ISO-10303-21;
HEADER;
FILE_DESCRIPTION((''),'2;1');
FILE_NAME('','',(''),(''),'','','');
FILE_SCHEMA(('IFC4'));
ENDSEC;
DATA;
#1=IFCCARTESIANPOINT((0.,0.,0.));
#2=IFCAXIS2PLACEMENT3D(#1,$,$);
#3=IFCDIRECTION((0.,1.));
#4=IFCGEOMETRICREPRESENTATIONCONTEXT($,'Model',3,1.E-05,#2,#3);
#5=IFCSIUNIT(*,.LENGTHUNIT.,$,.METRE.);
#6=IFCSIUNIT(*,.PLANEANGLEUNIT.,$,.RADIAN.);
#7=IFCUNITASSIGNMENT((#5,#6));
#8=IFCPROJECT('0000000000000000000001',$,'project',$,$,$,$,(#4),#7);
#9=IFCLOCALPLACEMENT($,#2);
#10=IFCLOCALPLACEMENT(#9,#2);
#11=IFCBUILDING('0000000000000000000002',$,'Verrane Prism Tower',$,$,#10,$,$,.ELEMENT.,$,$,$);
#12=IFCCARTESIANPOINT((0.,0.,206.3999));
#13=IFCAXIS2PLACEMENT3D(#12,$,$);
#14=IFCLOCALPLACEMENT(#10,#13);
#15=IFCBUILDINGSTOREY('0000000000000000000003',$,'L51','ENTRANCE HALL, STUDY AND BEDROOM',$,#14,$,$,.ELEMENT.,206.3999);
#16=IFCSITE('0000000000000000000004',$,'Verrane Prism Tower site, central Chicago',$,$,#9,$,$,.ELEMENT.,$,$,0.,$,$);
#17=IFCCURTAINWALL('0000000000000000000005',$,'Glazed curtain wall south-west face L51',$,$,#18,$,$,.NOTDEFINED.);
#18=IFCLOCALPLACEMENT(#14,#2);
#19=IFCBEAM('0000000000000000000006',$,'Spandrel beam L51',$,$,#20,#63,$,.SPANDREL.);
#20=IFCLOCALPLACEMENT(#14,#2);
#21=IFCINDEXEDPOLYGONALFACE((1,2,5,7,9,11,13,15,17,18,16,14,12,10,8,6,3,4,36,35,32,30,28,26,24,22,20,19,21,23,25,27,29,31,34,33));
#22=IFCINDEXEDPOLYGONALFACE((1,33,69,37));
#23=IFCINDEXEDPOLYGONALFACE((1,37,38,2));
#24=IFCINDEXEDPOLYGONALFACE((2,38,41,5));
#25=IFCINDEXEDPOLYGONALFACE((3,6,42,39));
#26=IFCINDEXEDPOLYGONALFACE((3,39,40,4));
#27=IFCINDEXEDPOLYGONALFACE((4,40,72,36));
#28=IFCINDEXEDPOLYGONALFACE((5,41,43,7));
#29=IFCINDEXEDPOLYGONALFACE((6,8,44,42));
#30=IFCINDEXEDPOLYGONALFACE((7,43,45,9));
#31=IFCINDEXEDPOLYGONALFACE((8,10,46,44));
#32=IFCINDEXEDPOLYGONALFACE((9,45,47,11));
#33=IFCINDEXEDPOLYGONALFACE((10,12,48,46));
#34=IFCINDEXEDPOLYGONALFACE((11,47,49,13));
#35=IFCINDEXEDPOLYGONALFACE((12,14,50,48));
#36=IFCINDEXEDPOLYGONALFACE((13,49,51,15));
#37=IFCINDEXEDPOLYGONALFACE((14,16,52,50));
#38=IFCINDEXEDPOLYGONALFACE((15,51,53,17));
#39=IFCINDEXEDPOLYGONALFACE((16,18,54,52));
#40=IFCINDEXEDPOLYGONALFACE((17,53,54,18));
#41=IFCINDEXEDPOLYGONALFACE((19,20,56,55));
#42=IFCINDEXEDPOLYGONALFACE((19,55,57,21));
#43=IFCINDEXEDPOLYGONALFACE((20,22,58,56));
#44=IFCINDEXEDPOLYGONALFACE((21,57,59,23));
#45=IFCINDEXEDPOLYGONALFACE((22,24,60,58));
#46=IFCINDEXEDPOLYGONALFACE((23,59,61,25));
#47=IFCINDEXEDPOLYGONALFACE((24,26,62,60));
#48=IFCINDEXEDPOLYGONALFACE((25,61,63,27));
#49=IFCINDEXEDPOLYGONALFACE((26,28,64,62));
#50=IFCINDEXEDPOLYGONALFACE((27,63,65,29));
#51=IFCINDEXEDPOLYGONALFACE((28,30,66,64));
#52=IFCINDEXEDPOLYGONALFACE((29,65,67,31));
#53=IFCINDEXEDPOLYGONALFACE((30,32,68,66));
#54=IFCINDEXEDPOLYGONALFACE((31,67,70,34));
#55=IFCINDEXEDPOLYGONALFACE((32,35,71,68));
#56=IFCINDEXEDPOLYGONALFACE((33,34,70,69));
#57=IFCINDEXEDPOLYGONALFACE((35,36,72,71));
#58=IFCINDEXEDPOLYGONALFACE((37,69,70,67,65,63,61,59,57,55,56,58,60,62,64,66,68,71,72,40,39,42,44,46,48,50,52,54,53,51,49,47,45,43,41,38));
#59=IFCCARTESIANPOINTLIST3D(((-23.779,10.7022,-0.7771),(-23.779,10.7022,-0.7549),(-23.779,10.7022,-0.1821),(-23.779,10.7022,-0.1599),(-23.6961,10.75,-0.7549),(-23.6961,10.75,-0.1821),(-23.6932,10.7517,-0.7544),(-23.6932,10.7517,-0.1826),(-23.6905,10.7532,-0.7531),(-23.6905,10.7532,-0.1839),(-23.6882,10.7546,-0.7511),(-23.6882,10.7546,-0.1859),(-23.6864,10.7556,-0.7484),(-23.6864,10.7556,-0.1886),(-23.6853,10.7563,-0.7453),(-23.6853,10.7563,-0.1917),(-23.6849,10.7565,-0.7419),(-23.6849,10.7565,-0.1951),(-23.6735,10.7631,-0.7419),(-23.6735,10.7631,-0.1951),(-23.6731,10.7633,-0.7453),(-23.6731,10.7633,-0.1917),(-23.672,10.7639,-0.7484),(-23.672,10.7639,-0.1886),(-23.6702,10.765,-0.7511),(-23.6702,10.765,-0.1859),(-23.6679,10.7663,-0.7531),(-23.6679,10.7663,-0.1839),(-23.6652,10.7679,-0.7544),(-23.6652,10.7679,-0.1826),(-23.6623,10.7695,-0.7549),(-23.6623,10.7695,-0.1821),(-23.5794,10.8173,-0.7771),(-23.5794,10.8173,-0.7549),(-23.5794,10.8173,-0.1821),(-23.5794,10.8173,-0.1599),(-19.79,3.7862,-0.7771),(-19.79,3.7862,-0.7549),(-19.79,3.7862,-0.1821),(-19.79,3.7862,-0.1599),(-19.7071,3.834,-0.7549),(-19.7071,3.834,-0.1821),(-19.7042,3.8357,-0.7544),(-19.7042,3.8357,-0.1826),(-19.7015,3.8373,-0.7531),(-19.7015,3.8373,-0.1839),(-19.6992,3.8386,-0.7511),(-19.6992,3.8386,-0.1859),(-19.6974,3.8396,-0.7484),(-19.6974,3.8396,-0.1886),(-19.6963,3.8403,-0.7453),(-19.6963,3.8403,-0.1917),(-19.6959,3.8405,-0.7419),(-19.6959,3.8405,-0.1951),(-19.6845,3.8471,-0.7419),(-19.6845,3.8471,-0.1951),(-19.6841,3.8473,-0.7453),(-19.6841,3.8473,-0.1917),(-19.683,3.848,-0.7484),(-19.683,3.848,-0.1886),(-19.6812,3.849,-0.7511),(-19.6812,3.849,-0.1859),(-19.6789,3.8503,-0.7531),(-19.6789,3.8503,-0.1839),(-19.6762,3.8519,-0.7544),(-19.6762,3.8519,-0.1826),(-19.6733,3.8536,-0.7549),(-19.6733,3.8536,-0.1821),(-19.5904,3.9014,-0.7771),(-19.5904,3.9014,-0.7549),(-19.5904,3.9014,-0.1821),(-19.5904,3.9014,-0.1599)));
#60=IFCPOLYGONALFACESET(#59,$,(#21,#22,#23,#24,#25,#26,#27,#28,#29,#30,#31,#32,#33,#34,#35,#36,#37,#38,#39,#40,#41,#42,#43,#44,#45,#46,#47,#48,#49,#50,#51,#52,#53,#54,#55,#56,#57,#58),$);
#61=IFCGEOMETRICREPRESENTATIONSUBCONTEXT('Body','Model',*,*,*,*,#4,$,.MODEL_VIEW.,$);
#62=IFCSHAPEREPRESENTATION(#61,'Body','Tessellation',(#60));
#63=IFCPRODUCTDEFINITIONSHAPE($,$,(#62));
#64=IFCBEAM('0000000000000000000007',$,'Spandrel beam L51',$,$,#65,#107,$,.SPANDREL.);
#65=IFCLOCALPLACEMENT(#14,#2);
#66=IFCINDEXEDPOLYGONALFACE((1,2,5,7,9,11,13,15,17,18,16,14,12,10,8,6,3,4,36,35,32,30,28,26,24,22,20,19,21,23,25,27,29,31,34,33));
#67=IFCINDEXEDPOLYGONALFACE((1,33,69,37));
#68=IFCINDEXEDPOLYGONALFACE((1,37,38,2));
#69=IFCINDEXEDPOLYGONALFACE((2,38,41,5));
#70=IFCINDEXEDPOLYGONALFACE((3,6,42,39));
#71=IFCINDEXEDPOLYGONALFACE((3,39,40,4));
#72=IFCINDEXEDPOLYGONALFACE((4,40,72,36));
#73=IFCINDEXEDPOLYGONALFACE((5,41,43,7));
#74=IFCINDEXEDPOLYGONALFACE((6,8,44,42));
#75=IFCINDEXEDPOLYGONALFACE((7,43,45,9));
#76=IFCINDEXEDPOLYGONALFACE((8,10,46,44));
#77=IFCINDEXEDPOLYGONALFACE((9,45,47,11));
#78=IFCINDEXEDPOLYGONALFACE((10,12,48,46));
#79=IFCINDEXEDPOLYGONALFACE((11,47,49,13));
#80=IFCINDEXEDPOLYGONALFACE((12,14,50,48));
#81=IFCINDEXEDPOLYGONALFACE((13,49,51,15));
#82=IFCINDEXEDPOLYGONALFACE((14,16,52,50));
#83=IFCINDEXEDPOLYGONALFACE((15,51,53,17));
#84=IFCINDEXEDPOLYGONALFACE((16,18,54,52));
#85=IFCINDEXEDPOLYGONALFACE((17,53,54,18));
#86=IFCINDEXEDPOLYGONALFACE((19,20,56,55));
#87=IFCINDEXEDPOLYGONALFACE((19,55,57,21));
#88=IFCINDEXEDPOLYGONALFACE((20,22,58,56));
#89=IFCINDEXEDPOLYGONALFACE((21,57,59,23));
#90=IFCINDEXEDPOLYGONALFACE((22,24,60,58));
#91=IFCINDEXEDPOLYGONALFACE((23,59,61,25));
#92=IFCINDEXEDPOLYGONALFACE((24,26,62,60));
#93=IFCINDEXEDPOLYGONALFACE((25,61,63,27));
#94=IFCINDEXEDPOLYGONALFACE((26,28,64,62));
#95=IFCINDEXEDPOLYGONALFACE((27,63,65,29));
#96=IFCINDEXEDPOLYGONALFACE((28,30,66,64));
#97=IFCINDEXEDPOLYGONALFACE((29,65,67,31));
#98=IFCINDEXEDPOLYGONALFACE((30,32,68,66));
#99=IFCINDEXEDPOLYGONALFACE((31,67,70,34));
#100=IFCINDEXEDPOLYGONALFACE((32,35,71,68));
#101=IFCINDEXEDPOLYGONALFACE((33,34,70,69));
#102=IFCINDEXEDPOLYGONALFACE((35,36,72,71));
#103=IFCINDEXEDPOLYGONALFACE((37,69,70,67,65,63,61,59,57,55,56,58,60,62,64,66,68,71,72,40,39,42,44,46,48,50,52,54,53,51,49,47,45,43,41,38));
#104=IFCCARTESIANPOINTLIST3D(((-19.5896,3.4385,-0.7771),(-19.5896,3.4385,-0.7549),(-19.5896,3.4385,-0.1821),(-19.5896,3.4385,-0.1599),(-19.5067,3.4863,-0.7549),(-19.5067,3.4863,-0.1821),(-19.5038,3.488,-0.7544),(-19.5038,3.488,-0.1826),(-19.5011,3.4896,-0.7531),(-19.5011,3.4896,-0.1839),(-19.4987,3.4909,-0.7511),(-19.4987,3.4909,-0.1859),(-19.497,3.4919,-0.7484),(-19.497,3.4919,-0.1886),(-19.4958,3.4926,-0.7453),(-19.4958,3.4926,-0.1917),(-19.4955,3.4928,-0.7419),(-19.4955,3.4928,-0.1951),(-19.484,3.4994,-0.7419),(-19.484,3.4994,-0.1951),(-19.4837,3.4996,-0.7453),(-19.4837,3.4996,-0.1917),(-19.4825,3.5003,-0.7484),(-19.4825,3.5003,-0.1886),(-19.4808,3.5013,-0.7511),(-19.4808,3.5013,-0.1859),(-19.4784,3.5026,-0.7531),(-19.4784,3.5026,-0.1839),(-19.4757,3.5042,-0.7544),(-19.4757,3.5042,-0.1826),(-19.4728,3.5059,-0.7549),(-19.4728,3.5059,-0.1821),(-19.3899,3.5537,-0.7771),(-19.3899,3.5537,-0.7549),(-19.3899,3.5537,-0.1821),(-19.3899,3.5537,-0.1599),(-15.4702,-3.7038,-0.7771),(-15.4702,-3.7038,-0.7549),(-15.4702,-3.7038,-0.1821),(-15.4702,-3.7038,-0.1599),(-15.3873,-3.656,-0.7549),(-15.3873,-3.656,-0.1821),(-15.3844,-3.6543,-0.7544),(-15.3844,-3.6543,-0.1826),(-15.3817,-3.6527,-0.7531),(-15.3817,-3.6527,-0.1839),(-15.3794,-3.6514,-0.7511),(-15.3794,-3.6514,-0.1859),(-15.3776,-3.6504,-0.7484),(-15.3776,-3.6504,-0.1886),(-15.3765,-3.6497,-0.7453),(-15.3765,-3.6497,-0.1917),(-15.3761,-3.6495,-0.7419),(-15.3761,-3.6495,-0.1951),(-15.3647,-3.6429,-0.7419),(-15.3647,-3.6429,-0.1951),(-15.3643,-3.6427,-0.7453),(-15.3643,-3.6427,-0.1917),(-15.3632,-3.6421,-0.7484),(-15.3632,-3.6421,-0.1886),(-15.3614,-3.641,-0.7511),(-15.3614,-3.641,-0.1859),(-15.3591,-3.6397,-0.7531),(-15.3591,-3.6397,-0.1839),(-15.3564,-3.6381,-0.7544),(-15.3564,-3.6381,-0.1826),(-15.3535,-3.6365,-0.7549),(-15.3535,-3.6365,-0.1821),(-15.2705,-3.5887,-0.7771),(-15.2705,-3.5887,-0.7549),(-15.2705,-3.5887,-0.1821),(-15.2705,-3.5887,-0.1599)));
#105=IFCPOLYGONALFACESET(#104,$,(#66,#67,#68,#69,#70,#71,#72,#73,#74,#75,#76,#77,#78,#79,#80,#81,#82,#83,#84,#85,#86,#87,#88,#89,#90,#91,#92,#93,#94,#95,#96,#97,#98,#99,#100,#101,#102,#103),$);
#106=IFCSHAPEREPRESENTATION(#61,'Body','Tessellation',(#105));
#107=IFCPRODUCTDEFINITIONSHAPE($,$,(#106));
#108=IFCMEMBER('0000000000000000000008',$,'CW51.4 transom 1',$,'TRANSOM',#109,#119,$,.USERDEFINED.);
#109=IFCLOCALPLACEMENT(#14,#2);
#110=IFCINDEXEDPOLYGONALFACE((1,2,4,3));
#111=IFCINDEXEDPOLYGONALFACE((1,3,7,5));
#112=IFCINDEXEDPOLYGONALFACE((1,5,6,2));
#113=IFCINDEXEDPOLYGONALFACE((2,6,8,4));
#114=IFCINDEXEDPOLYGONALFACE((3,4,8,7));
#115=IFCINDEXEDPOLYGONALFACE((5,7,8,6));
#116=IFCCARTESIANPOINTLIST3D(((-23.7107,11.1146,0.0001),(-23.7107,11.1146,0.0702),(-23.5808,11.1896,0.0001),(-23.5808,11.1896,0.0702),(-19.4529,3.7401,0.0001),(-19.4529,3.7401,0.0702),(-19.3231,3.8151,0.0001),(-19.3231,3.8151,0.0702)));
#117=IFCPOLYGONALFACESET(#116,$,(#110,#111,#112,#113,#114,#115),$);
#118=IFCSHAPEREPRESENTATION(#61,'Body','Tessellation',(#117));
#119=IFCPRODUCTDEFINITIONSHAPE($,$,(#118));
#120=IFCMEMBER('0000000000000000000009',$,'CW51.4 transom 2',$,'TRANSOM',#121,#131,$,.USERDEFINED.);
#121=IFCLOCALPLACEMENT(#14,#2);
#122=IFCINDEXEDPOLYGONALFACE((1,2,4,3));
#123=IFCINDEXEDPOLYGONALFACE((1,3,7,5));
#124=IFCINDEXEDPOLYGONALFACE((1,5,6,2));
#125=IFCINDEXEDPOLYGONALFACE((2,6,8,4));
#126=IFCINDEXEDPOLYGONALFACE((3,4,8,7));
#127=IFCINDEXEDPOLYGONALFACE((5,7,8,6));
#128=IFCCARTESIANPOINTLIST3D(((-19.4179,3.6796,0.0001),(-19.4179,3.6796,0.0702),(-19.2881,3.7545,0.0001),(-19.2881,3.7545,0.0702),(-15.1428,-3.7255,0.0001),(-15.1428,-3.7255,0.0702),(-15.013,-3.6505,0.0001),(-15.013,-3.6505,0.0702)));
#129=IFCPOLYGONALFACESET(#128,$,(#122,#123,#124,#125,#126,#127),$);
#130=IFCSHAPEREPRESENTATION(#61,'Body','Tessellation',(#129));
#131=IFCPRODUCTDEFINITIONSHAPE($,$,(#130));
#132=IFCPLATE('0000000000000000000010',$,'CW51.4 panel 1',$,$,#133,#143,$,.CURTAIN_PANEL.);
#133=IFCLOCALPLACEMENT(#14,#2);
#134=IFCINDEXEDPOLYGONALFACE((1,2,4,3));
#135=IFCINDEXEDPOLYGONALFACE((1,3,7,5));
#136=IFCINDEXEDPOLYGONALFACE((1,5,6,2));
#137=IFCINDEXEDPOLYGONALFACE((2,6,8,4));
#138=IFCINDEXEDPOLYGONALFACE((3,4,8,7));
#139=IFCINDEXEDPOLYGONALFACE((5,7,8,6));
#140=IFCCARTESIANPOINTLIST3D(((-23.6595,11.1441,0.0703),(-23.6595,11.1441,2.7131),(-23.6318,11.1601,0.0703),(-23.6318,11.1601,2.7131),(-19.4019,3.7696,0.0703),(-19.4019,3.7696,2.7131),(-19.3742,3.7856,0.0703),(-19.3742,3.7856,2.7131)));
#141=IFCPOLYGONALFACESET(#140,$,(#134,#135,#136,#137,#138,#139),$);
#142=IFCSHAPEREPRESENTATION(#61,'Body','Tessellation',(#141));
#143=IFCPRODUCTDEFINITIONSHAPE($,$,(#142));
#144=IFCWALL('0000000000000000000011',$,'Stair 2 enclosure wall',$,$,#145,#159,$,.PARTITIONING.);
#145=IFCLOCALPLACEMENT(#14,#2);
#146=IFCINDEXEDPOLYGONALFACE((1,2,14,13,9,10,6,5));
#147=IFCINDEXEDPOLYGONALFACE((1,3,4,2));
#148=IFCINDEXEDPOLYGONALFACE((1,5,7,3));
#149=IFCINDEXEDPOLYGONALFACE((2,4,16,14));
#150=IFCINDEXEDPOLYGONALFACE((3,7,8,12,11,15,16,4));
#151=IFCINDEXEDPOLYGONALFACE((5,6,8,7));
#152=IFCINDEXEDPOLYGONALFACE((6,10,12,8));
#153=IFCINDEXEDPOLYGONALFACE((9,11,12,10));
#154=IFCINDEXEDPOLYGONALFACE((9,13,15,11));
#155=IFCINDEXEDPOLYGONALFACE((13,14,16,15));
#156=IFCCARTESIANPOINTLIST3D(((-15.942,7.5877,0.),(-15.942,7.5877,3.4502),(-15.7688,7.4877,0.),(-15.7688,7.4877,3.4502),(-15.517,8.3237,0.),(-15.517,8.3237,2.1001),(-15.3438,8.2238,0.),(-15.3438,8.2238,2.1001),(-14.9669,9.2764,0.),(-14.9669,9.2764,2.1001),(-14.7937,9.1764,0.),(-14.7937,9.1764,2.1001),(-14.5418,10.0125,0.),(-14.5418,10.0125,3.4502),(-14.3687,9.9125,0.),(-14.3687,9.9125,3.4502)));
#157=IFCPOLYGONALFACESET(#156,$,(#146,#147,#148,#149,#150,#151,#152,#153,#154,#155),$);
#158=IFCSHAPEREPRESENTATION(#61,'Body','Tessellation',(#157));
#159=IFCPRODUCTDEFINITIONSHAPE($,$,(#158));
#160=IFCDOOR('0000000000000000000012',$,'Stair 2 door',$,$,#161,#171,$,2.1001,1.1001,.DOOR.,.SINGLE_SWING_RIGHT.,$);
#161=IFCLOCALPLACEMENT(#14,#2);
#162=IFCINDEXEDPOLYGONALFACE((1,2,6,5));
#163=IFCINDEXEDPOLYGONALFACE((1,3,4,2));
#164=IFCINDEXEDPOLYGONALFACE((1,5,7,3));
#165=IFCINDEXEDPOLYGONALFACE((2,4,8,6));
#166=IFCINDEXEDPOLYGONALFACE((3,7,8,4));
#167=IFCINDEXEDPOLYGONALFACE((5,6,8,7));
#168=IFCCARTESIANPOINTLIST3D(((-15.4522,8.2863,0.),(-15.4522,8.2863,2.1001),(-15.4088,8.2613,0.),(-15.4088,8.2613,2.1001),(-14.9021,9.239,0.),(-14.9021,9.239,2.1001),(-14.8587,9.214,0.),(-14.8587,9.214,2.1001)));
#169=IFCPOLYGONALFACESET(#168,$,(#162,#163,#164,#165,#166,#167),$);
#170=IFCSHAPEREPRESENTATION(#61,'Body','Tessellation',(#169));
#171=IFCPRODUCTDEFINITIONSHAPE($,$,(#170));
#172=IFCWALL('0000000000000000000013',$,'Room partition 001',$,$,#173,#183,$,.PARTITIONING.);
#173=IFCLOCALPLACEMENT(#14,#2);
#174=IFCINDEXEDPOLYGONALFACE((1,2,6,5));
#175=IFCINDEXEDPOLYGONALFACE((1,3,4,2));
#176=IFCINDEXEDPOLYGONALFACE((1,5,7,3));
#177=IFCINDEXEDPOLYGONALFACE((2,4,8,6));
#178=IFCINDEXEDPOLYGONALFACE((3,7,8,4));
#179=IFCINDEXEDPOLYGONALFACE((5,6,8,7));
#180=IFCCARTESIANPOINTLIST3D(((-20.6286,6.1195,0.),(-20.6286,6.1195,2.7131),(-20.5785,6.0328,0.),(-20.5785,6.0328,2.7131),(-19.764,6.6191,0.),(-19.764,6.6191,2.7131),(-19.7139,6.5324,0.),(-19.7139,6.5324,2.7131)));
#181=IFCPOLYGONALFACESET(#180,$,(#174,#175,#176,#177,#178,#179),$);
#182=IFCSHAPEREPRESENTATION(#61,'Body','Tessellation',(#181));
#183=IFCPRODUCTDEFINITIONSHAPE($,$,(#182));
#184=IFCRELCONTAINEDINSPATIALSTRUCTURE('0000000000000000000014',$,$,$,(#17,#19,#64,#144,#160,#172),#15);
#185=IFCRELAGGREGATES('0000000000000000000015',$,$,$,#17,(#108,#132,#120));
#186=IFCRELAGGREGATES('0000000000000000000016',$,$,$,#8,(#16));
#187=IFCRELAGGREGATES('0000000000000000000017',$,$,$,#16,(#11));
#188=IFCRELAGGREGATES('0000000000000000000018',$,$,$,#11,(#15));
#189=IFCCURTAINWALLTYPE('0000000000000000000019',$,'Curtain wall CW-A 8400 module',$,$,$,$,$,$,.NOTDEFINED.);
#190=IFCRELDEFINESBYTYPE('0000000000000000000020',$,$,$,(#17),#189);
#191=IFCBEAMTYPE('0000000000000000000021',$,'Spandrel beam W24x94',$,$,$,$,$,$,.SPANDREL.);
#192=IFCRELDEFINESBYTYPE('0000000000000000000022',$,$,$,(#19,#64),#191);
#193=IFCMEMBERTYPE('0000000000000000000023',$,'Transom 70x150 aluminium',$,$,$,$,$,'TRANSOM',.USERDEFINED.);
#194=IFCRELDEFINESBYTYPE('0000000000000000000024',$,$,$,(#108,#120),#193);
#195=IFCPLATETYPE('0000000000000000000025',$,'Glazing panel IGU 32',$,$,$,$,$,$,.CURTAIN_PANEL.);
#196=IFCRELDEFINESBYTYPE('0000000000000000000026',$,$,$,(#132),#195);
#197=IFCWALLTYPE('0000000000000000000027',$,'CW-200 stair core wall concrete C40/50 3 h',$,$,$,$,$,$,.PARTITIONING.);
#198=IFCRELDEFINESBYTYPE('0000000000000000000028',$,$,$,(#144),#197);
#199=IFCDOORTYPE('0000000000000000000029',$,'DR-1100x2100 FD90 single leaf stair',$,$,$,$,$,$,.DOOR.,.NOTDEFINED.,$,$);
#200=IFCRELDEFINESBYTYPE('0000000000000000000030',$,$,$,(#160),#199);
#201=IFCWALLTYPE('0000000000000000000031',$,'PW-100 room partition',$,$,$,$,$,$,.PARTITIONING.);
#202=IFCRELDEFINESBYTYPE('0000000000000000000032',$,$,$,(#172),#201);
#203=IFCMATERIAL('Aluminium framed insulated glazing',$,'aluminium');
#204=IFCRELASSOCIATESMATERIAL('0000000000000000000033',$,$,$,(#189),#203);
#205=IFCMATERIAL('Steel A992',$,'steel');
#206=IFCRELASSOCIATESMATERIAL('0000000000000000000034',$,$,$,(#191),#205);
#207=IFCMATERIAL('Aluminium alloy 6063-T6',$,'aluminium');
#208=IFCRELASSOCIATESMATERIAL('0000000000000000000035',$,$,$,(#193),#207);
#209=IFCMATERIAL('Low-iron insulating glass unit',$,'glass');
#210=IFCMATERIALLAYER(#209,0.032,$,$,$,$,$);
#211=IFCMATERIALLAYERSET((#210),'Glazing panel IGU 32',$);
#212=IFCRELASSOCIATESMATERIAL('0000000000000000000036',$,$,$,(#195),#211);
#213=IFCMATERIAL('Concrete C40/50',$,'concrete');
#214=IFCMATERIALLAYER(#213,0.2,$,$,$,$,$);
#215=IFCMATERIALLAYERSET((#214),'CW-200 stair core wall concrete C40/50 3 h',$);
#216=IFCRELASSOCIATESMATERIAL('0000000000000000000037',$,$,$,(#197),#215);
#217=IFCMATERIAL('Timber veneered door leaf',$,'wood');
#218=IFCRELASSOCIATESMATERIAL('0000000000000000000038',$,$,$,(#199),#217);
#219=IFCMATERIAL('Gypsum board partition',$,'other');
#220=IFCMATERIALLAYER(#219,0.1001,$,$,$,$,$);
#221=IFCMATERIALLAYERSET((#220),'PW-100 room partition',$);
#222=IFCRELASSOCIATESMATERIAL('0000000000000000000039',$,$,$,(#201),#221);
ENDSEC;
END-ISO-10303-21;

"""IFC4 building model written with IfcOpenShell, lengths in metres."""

from ifc_helpers import new_model, si_unit, direction, frame, frame_2d, origin, origin_2d, place, context, subcontext, project, spatial, rectangle, i_section, extrude, material, layer, layer_set, material_profile, profile_set, type_object, element, fill, aggregate, save


model = new_model("IFC4")

# Units and contexts
model_context = context("Model", 3, precision=1e-05, world=origin(), true_north=direction((0.0, 1.0)))
body_context = subcontext(model_context, "Body", "Model", "MODEL_VIEW")
ifc_project = project(units=[si_unit("LENGTHUNIT", "METRE"), si_unit("PLANEANGLEUNIT", "RADIAN")], contexts=[model_context])

# Site, building, storey
site_placement = place(None, origin())
site = spatial("IfcSite", under=ifc_project, at=site_placement, Name="Verrane Prism Tower site, central Chicago", CompositionType="ELEMENT", RefElevation=0.0)
building_placement = place(site_placement, origin())
building = spatial("IfcBuilding", under=site, at=building_placement, Name="Verrane Prism Tower", CompositionType="ELEMENT")
storey_placement = place(building_placement, frame((0.0, 0.0, 206.3999)))
storey = spatial("IfcBuildingStorey", under=building, at=storey_placement, Name="L51", Description="ENTRANCE HALL, STUDY AND BEDROOM", CompositionType="ELEMENT", Elevation=206.3999)

# Curtain wall
ifc_material_1 = material(Name="Aluminium framed insulated glazing", Category="aluminium")
curtain_wall_type = type_object("IfcCurtainWallType", Name="Curtain wall CW-A 8400 module", PredefinedType="NOTDEFINED", material=ifc_material_1)
curtain_wall_placement = place(storey_placement, origin())
curtain_wall = element("IfcCurtainWall", 1, at=curtain_wall_placement, inside=storey, type_object=curtain_wall_type, Name="Glazed curtain wall south-west face L51", PredefinedType="NOTDEFINED")

# Beams
ifc_material_2 = material(Name="Steel A992", Category="steel")
ifc_material_profile_1 = material_profile(ifc_material_2, i_section(OverallWidth=0.2305, OverallDepth=0.6172, WebThickness=0.0132, FlangeThickness=0.0222, FilletRadius=0.0129, at=origin_2d()), Name="W24x94")
ifc_profile_set_1 = profile_set([ifc_material_profile_1], Name="Steel A992")
beam_type_1 = type_object("IfcBeamType", Name="Spandrel beam W24x94", PredefinedType="SPANDREL", material=ifc_profile_set_1)
beam_1_placement = place(storey_placement, frame((-23.6792, 10.7598, -0.4685), z_axis=(0.499629, -0.86624, 0.0), x_axis=(0.86624, 0.499629, 0.0)))
element("IfcBeam", 2, at=beam_1_placement, inside=storey, type_object=beam_type_1, Name="Spandrel beam L51", PredefinedType="SPANDREL", context=body_context, shape_type="SweptSolid", body=[
    extrude(i_section(OverallWidth=0.2305, OverallDepth=0.6172, WebThickness=0.0132, FlangeThickness=0.0222, FilletRadius=0.0129, at=origin_2d()), origin(), (0.0, 0.0, 1.0), 7.9839),
])
beam_2_placement = place(storey_placement, frame((-19.4897, 3.4961, -0.4685), z_axis=(0.499614, -0.866248, 0.0), x_axis=(0.866248, 0.499614, 0.0)))
element("IfcBeam", 3, at=beam_2_placement, inside=storey, type_object=beam_type_1, Name="Spandrel beam L51", PredefinedType="SPANDREL", context=body_context, shape_type="SweptSolid", body=[
    extrude(i_section(OverallWidth=0.2305, OverallDepth=0.6172, WebThickness=0.0132, FlangeThickness=0.0222, FilletRadius=0.0129, at=origin_2d()), origin(), (0.0, 0.0, 1.0), 8.2451),
])

# Members
ifc_material_3 = material(Name="Aluminium alloy 6063-T6", Category="aluminium")
ifc_material_profile_2 = material_profile(ifc_material_3, rectangle(XDim=0.1499, YDim=0.0701, at=origin_2d()), Name="Transom 70x150 aluminium")
ifc_profile_set_2 = profile_set([ifc_material_profile_2], Name="Aluminium alloy 6063-T6")
member_type_1 = type_object("IfcMemberType", Name="Transom 70x150 aluminium", ElementType="TRANSOM", PredefinedType="USERDEFINED", material=ifc_profile_set_2)
member_1_placement = place(storey_placement, frame((-23.6458, 11.1521, 0.0352), z_axis=(0.500012, -0.866018, 0.0), x_axis=(0.866018, 0.500012, 0.0)))
member_1 = element("IfcMember", 4, at=member_1_placement, type_object=member_type_1, Name="CW51.4 transom 1", ObjectType="TRANSOM", PredefinedType="USERDEFINED", context=body_context, shape_type="SweptSolid", body=[
    extrude(rectangle(XDim=0.1499, YDim=0.0701, at=origin_2d()), origin(), (0.0, 0.0, 1.0), 8.5154),
])
member_2_placement = place(storey_placement, frame((-19.353, 3.717, 0.0352), z_axis=(0.499987, -0.866033, 0.0), x_axis=(0.866033, 0.499987, 0.0)))
member_2 = element("IfcMember", 5, at=member_2_placement, type_object=member_type_1, Name="CW51.4 transom 2", ObjectType="TRANSOM", PredefinedType="USERDEFINED", context=body_context, shape_type="SweptSolid", body=[
    extrude(rectangle(XDim=0.1499, YDim=0.0701, at=origin_2d()), origin(), (0.0, 0.0, 1.0), 8.5505),
])

# Plate
ifc_material_4 = material(Name="Low-iron insulating glass unit", Category="glass")
ifc_layer_1 = layer(ifc_material_4, 0.032)
ifc_layer_set_1 = layer_set([ifc_layer_1], Name="Glazing panel IGU 32")
plate_type = type_object("IfcPlateType", Name="Glazing panel IGU 32", PredefinedType="CURTAIN_PANEL", material=ifc_layer_set_1)
plate_placement = place(storey_placement, frame((-21.5168, 7.4648, 0.0703), z_axis=(0.0, 0.0, 1.0), x_axis=(0.499999, -0.866026, 0.0)))
plate = element("IfcPlate", 6, at=plate_placement, type_object=plate_type, Name="CW51.4 panel 1", PredefinedType="CURTAIN_PANEL", context=body_context, shape_type="SweptSolid", body=[
    extrude(rectangle(XDim=8.5154, YDim=0.032, at=origin_2d()), origin(), (0.0, 0.0, 1.0), 2.6428),
])
aggregate(curtain_wall, [member_1, plate, member_2])

# Wall, opening, door
ifc_material_5 = material(Name="Concrete C40/50", Category="concrete")
ifc_layer_2 = layer(ifc_material_5, 0.2)
ifc_layer_set_2 = layer_set([ifc_layer_2], Name="CW-200 stair core wall concrete C40/50 3 h")
wall_type_1 = type_object("IfcWallType", Name="CW-200 stair core wall concrete C40/50 3 h", PredefinedType="PARTITIONING", material=ifc_layer_set_2)
wall_1_placement = place(storey_placement, frame((-14.4553, 9.9624, 0.0), z_axis=(0.0, 0.0, 1.0), x_axis=(-0.50005, -0.865997, 0.0)))
wall_1 = element("IfcWall", 7, at=wall_1_placement, inside=storey, type_object=wall_type_1, Name="Stair 2 enclosure wall", PredefinedType="PARTITIONING", context=body_context, shape_type="SweptSolid", body=[
    extrude(rectangle(XDim=2.8, YDim=0.2, at=frame_2d((1.3999, 0.0))), origin(), (0.0, 0.0, 1.0), 3.4502),
])
opening_1_placement = place(wall_1_placement, frame((0.8499, 0.0, 0.0)))
opening_1 = element("IfcOpeningElement", 8, at=opening_1_placement, cuts=wall_1, PredefinedType="OPENING", context=body_context, shape_type="SweptSolid", body=[
    extrude(rectangle(XDim=1.1001, YDim=2.1001, at=frame_2d((0.55, 1.05))), frame((0.0, 0.1099, 0.0), z_axis=(0.0, -1.0, 0.0), x_axis=(1.0, 0.0, 0.0)), (0.0, 0.0, 1.0), 0.22),
])
ifc_material_6 = material(Name="Timber veneered door leaf", Category="wood")
door_type_1 = type_object("IfcDoorType", Name="DR-1100x2100 FD90 single leaf stair", OperationType="NOTDEFINED", PredefinedType="DOOR", material=ifc_material_6)
door_1_placement = place(opening_1_placement, origin())
door_1 = element("IfcDoor", 9, at=door_1_placement, inside=storey, type_object=door_type_1, Name="Stair 2 door", OperationType="SINGLE_SWING_RIGHT", OverallHeight=2.1001, OverallWidth=1.1001, PredefinedType="DOOR", context=body_context, shape_type="SweptSolid", body=[
    extrude(rectangle(XDim=1.1001, YDim=2.1001, at=frame_2d((0.55, 1.05))), frame((0.0, 0.0249, 0.0), z_axis=(0.0, -1.0, 0.0), x_axis=(1.0, 0.0, 0.0)), (0.0, 0.0, 1.0), 0.05),
])
fill(opening_1, door_1)

# Wall
ifc_material_7 = material(Name="Gypsum board partition", Category="other")
ifc_layer_3 = layer(ifc_material_7, 0.1001)
ifc_layer_set_3 = layer_set([ifc_layer_3], Name="PW-100 room partition")
wall_type_2 = type_object("IfcWallType", Name="PW-100 room partition", PredefinedType="PARTITIONING", material=ifc_layer_set_3)
wall_2_placement = place(storey_placement, frame((-20.6035, 6.0762, 0.0), z_axis=(0.0, 0.0, 1.0), x_axis=(0.865856, 0.500294, 0.0)))
element("IfcWall", 10, at=wall_2_placement, inside=storey, type_object=wall_type_2, Name="Room partition 001", PredefinedType="PARTITIONING", context=body_context, shape_type="SweptSolid", body=[
    extrude(rectangle(XDim=0.9985, YDim=0.1001, at=frame_2d((0.4993, 0.0))), origin(), (0.0, 0.0, 1.0), 2.7131),
])

save(model, "model.ifc")
